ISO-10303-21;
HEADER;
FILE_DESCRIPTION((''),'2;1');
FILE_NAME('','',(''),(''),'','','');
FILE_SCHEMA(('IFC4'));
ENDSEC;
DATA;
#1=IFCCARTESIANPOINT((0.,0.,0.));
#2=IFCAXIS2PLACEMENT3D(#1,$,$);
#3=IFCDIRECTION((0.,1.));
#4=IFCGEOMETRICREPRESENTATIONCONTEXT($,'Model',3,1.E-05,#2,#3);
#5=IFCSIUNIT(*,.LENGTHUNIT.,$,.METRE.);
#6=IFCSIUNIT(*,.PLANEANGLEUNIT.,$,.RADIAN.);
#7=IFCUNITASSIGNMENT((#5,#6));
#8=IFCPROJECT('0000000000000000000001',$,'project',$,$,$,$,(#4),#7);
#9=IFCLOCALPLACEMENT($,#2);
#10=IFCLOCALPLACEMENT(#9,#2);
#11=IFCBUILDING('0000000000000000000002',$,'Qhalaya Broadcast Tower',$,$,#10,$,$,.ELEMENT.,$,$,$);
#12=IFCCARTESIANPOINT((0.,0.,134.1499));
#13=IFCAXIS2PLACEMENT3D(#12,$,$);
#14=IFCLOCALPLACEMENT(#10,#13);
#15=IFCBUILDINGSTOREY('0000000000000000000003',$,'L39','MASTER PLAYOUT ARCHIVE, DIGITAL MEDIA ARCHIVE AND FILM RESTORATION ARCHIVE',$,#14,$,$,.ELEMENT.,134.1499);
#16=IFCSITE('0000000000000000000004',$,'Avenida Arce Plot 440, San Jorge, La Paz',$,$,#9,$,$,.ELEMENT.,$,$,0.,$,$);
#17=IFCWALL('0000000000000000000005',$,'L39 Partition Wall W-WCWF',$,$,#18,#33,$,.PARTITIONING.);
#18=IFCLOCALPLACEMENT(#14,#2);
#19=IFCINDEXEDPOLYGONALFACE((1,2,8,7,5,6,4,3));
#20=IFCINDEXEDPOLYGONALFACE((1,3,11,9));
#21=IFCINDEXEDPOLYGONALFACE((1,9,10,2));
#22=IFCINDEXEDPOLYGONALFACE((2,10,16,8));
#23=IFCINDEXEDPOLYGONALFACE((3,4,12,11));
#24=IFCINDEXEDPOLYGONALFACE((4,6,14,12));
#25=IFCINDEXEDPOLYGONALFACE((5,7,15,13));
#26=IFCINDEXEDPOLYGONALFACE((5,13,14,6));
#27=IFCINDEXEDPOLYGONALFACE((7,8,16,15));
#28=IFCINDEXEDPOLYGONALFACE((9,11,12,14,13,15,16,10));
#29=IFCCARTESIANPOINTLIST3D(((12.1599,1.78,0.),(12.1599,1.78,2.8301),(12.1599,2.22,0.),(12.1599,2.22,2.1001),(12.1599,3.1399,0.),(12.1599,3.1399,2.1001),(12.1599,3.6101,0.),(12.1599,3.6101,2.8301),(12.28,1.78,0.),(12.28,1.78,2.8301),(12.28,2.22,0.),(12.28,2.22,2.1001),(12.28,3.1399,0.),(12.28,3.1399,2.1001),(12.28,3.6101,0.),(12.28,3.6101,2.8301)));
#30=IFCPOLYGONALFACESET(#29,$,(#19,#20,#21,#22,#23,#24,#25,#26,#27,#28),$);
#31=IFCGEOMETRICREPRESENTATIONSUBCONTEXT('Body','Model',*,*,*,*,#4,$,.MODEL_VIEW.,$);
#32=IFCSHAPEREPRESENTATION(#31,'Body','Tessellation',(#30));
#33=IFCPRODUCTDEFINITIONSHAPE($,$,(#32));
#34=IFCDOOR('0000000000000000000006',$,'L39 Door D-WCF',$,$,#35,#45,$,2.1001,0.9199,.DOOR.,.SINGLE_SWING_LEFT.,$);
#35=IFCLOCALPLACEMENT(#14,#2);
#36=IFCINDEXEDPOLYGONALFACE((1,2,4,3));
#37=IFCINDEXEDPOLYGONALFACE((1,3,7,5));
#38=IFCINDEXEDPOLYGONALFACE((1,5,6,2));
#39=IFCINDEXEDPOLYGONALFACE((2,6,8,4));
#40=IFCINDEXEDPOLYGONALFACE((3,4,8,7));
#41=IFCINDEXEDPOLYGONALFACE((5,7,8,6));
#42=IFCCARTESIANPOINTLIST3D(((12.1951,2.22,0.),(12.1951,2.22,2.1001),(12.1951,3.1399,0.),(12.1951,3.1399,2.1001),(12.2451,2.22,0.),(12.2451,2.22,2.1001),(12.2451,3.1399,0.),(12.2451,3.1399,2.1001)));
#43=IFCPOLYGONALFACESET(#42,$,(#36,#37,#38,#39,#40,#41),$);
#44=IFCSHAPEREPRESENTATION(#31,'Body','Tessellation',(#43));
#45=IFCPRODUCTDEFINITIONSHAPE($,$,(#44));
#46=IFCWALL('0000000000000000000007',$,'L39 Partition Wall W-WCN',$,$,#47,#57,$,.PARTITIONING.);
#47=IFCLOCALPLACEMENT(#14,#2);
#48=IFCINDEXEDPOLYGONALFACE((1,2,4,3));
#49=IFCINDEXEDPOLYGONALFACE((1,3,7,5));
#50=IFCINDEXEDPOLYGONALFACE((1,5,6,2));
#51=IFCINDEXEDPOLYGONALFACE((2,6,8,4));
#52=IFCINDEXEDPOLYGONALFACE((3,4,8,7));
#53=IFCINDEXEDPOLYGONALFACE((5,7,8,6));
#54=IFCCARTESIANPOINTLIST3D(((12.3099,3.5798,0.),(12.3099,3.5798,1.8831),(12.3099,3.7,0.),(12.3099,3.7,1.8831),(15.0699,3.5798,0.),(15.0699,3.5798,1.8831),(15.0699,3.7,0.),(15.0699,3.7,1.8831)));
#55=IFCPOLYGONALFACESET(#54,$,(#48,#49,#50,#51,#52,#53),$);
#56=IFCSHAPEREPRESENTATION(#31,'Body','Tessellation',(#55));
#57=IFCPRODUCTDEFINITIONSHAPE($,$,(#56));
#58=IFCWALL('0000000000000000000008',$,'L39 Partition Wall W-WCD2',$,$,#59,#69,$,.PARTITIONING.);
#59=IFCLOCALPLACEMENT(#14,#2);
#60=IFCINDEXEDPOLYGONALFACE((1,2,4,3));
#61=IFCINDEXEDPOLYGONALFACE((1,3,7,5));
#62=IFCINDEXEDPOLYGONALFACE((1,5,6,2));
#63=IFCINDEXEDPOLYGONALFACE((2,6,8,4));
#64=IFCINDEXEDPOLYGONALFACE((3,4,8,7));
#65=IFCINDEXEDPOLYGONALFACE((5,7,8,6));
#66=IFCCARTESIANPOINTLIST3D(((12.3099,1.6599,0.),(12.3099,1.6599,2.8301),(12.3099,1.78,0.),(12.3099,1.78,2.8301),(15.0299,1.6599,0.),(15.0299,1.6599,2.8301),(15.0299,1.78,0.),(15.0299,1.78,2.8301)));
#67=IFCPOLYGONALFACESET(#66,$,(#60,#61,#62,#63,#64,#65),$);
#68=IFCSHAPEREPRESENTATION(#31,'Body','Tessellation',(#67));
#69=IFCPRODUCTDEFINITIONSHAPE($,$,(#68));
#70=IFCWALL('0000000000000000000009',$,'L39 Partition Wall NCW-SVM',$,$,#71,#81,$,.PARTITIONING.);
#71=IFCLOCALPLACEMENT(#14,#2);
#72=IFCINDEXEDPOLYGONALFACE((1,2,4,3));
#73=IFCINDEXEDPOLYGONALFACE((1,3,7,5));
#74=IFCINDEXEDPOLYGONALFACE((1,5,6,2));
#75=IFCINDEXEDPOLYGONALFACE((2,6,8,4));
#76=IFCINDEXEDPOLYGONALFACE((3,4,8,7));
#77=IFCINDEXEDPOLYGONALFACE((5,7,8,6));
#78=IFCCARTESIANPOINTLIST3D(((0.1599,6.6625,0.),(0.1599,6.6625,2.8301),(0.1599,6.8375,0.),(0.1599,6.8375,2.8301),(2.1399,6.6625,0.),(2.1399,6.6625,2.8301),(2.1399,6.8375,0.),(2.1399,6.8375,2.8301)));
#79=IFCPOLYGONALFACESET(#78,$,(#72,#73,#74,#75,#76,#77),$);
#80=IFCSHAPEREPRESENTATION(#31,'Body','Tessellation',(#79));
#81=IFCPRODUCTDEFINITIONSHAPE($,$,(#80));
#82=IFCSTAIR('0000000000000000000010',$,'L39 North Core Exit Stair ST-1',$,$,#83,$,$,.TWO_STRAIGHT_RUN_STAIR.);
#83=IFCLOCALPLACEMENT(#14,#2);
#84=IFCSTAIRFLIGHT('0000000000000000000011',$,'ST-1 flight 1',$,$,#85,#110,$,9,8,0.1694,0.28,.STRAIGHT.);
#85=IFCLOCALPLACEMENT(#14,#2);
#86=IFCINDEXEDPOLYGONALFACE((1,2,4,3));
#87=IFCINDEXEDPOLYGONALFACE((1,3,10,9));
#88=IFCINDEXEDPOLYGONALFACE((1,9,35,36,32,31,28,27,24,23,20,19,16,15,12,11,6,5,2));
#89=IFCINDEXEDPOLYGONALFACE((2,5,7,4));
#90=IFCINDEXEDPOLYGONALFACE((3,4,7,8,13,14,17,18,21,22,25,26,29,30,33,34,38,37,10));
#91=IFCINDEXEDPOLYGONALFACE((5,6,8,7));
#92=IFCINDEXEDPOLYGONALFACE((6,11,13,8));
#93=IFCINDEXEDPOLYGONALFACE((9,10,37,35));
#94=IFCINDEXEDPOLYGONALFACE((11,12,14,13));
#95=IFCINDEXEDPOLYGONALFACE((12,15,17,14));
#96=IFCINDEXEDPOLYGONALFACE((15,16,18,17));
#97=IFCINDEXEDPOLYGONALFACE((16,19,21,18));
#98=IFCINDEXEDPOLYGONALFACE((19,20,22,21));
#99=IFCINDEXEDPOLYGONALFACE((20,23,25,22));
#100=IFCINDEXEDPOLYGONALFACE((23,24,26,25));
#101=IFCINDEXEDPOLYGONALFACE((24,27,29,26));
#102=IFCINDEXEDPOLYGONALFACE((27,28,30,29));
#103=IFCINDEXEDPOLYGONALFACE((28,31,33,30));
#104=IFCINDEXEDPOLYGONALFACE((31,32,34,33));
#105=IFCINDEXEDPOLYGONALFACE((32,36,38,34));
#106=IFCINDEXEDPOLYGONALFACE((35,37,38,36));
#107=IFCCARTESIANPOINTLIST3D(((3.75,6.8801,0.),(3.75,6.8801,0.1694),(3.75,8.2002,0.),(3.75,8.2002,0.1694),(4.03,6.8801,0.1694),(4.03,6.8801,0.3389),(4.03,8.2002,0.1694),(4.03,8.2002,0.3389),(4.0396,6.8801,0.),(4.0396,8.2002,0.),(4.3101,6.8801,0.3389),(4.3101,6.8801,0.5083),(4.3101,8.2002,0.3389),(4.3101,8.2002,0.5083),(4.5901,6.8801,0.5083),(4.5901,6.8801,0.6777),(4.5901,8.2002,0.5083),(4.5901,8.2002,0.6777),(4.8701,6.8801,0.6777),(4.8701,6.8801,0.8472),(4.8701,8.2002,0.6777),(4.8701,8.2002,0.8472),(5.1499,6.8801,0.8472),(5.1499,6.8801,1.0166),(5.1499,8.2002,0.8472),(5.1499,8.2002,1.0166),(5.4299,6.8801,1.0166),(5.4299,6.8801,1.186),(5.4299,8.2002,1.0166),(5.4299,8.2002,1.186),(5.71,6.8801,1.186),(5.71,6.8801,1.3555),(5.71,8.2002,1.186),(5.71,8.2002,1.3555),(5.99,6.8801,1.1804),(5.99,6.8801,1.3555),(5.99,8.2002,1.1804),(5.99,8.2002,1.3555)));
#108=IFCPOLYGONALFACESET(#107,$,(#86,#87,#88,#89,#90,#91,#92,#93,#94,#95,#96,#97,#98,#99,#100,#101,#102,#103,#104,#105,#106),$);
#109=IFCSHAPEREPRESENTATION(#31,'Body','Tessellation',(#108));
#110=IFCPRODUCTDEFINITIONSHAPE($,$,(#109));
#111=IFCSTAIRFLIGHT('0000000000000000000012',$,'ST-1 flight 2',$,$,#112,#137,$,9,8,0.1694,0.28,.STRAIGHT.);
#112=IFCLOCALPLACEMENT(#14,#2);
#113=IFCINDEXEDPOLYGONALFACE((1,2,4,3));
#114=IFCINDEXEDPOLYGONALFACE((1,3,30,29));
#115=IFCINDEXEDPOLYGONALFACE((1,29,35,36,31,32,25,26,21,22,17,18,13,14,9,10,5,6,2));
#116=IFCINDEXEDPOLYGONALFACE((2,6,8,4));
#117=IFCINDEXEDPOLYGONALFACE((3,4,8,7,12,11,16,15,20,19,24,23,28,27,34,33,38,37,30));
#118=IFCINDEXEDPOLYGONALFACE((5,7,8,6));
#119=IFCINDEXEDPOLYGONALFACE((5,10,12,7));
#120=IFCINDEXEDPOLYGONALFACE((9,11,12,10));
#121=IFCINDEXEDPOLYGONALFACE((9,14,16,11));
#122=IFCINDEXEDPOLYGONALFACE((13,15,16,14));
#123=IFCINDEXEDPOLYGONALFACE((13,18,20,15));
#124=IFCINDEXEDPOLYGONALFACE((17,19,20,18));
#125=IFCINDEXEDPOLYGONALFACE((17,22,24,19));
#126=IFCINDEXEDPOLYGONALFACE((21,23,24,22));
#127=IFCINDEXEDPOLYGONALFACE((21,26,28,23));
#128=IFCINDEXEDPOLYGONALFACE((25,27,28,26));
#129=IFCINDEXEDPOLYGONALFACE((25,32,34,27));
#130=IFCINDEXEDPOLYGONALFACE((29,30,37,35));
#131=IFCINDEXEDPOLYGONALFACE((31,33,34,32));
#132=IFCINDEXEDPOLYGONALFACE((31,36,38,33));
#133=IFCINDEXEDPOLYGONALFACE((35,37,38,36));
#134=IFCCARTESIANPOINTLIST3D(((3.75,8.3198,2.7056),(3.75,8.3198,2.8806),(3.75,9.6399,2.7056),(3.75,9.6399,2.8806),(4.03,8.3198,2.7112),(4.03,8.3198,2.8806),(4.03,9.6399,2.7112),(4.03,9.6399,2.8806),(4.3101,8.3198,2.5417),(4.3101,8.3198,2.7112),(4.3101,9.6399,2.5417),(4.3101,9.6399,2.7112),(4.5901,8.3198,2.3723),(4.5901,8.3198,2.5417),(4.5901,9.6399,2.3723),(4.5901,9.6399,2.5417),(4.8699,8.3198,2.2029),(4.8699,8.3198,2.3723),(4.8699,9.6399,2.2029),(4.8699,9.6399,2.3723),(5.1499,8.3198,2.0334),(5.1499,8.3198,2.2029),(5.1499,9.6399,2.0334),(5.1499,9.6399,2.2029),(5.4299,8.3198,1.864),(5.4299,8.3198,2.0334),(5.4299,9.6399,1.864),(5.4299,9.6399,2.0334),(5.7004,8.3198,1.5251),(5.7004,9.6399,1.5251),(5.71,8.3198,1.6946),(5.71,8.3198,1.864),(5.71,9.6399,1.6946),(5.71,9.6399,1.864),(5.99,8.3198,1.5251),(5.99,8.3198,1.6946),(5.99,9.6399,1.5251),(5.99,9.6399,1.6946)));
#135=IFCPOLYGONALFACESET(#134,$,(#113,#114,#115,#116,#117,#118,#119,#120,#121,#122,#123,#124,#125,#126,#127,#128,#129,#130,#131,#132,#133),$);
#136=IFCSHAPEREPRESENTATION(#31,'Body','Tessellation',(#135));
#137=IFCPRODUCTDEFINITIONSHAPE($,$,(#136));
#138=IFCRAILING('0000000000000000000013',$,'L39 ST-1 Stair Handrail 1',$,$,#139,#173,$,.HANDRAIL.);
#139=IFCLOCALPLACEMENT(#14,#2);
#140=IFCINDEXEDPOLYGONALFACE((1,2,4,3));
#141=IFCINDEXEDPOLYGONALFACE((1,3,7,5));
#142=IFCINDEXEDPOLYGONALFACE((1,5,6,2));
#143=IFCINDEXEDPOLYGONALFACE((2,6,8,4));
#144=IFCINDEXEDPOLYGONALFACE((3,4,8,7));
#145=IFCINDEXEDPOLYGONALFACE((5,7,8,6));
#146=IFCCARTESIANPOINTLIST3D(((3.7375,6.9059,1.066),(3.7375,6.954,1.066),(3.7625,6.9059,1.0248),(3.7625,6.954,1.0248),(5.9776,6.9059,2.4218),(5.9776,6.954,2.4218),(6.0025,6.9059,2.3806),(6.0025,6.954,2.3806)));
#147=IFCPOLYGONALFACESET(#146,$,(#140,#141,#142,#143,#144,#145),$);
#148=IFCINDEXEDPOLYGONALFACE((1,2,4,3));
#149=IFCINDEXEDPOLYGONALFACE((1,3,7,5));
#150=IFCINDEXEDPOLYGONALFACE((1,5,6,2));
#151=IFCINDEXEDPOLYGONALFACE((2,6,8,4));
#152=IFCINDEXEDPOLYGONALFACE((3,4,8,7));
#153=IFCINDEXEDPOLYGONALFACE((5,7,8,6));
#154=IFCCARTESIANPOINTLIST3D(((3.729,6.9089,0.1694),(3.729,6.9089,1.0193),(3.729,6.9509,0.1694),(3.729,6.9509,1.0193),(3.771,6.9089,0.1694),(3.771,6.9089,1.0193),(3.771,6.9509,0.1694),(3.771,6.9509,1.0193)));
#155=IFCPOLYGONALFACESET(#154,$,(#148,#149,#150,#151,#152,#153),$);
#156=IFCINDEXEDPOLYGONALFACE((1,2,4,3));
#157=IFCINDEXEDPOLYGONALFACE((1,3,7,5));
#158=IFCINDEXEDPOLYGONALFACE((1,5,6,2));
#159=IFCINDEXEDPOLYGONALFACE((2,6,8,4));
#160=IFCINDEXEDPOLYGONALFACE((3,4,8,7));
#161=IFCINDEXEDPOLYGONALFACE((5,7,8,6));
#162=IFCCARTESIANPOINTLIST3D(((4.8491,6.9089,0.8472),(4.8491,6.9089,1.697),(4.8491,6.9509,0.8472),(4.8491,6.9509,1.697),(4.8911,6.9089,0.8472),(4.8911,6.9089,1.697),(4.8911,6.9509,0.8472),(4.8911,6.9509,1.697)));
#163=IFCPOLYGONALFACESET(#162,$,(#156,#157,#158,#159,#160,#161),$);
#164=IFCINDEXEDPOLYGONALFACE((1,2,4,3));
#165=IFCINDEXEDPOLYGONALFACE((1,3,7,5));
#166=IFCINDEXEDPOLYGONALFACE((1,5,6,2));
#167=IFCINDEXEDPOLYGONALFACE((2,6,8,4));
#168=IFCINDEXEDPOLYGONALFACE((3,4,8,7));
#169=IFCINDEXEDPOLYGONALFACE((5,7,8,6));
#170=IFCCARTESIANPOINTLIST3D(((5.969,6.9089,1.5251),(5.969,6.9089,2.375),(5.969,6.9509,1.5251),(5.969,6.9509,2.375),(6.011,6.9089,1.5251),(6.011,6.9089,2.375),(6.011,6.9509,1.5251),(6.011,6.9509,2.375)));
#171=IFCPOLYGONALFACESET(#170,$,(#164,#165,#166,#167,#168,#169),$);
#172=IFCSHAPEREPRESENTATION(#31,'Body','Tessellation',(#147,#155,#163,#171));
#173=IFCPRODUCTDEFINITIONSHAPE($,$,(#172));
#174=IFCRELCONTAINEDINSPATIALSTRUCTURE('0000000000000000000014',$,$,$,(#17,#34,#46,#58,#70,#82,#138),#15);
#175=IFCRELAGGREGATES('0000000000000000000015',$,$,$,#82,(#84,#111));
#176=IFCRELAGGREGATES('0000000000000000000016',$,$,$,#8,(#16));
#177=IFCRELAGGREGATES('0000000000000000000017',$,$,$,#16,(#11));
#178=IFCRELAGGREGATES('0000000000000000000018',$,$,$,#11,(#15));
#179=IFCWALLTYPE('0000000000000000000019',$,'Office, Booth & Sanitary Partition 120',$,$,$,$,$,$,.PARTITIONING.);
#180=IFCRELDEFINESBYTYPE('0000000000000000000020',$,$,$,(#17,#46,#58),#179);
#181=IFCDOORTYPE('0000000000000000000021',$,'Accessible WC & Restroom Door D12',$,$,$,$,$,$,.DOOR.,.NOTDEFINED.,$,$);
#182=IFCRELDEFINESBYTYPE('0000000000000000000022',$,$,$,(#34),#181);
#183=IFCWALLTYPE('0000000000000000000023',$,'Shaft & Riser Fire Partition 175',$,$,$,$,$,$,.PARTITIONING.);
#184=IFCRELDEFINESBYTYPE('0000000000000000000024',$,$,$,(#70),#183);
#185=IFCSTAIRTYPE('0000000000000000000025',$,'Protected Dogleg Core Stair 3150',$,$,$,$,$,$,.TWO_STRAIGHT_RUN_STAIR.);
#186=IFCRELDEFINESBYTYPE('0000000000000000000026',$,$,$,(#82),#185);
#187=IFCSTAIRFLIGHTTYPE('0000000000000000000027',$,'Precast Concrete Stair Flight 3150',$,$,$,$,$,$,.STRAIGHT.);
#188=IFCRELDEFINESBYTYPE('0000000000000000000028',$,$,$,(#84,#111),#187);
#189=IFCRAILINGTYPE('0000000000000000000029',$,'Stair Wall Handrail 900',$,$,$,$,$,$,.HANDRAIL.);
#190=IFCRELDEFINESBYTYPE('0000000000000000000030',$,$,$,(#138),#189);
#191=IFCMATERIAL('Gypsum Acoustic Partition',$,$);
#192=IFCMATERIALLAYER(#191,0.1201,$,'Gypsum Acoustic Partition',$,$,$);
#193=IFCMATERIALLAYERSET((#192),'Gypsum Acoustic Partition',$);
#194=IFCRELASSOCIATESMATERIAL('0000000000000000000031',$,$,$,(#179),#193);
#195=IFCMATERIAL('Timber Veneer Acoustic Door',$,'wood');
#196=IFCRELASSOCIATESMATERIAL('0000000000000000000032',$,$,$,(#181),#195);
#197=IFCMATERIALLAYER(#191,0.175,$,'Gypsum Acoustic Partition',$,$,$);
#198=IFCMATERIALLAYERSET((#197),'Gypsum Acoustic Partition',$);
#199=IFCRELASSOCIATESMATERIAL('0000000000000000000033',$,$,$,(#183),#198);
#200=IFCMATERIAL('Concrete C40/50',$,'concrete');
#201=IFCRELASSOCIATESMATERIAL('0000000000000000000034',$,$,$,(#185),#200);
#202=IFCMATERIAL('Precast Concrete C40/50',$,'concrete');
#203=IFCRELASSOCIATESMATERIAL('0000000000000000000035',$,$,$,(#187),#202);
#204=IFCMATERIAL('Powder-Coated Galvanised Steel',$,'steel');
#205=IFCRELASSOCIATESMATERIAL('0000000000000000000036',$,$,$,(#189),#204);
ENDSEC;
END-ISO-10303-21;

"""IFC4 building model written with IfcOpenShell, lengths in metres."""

from ifc_helpers import new_model, si_unit, direction, frame, frame_2d, origin, origin_2d, place, context, subcontext, project, spatial, polyline, rectangle, outline, extrude, material, layer, layer_set, type_object, element, fill, aggregate, save


model = new_model("IFC4")

# Units and contexts
model_context = context("Model", 3, precision=1e-05, world=origin(), true_north=direction((0.0, 1.0)))
body_context = subcontext(model_context, "Body", "Model", "MODEL_VIEW")
ifc_project = project(units=[si_unit("LENGTHUNIT", "METRE"), si_unit("PLANEANGLEUNIT", "RADIAN")], contexts=[model_context])

# Site, building, storey
site_placement = place(None, origin())
site = spatial("IfcSite", under=ifc_project, at=site_placement, Name="Avenida Arce Plot 440, San Jorge, La Paz", CompositionType="ELEMENT", RefElevation=0.0)
building_placement = place(site_placement, origin())
building = spatial("IfcBuilding", under=site, at=building_placement, Name="Qhalaya Broadcast Tower", CompositionType="ELEMENT")
storey_placement = place(building_placement, frame((0.0, 0.0, 134.1499)))
storey = spatial("IfcBuildingStorey", under=building, at=storey_placement, Name="L39", Description="MASTER PLAYOUT ARCHIVE, DIGITAL MEDIA ARCHIVE AND FILM RESTORATION ARCHIVE", CompositionType="ELEMENT", Elevation=134.1499)

# Shared definitions
ifc_material_1 = material(Name="Gypsum Acoustic Partition")
ifc_material_2 = material(Name="Timber Veneer Acoustic Door", Category="wood")

# Shared definitions
ifc_material_3 = material(Name="Precast Concrete C40/50", Category="concrete")

# Wall, opening, door
ifc_layer_1 = layer(ifc_material_1, 0.1201, Name="Gypsum Acoustic Partition")
ifc_layer_set_1 = layer_set([ifc_layer_1], Name="Gypsum Acoustic Partition")
wall_type_1 = type_object("IfcWallType", Name="Office, Booth & Sanitary Partition 120", PredefinedType="PARTITIONING", material=ifc_layer_set_1)
wall_1_placement = place(storey_placement, frame((12.22, 1.78, 0.0), z_axis=(0.0, 0.0, 1.0), x_axis=(0.0, 1.0, 0.0)))
wall_1 = element("IfcWall", 1, at=wall_1_placement, inside=storey, type_object=wall_type_1, Name="L39 Partition Wall W-WCWF", PredefinedType="PARTITIONING", context=body_context, shape_type="SweptSolid", body=[
    extrude(rectangle(XDim=1.8301, YDim=0.1201, at=frame_2d((0.915, 0.0))), origin(), (0.0, 0.0, 1.0), 2.8301),
])
opening_1_placement = place(wall_1_placement, frame((0.4399, 0.0, 0.0)))
opening_1 = element("IfcOpeningElement", 2, at=opening_1_placement, cuts=wall_1, PredefinedType="OPENING", context=body_context, shape_type="SweptSolid", body=[
    extrude(rectangle(XDim=0.9199, YDim=2.1001, at=frame_2d((0.46, 1.05))), frame((0.0, 0.072, 0.0), z_axis=(0.0, -1.0, 0.0), x_axis=(1.0, 0.0, 0.0)), (0.0, 0.0, 1.0), 0.144),
])
door_type_1 = type_object("IfcDoorType", Name="Accessible WC & Restroom Door D12", OperationType="NOTDEFINED", PredefinedType="DOOR", material=ifc_material_2)
door_1_placement = place(opening_1_placement, origin())
door_1 = element("IfcDoor", 3, at=door_1_placement, inside=storey, type_object=door_type_1, Name="L39 Door D-WCF", OperationType="SINGLE_SWING_LEFT", OverallHeight=2.1001, OverallWidth=0.9199, PredefinedType="DOOR", context=body_context, shape_type="SweptSolid", body=[
    extrude(rectangle(XDim=0.9199, YDim=2.1001, at=frame_2d((0.46, 1.05))), frame((0.0, 0.0249, 0.0), z_axis=(0.0, -1.0, 0.0), x_axis=(1.0, 0.0, 0.0)), (0.0, 0.0, 1.0), 0.05),
])
fill(opening_1, door_1)

# Walls
wall_2_placement = place(storey_placement, frame((12.3101, 3.6399, 0.0), z_axis=(0.0, 0.0, 1.0), x_axis=(1.0, 0.0, 0.0)))
element("IfcWall", 4, at=wall_2_placement, inside=storey, type_object=wall_type_1, Name="L39 Partition Wall W-WCN", PredefinedType="PARTITIONING", context=body_context, shape_type="SweptSolid", body=[
    extrude(rectangle(XDim=2.76, YDim=0.1201, at=frame_2d((1.3799, 0.0))), origin(), (0.0, 0.0, 1.0), 1.8831),
])
wall_3_placement = place(storey_placement, frame((12.3101, 1.72, 0.0), z_axis=(0.0, 0.0, 1.0), x_axis=(1.0, 0.0, 0.0)))
element("IfcWall", 5, at=wall_3_placement, inside=storey, type_object=wall_type_1, Name="L39 Partition Wall W-WCD2", PredefinedType="PARTITIONING", context=body_context, shape_type="SweptSolid", body=[
    extrude(rectangle(XDim=2.72, YDim=0.1201, at=frame_2d((1.3599, 0.0))), origin(), (0.0, 0.0, 1.0), 2.8301),
])
ifc_layer_2 = layer(ifc_material_1, 0.175, Name="Gypsum Acoustic Partition")
ifc_layer_set_2 = layer_set([ifc_layer_2], Name="Gypsum Acoustic Partition")
wall_type_2 = type_object("IfcWallType", Name="Shaft & Riser Fire Partition 175", PredefinedType="PARTITIONING", material=ifc_layer_set_2)
wall_4_placement = place(storey_placement, frame((0.1599, 6.75, 0.0), z_axis=(0.0, 0.0, 1.0), x_axis=(1.0, 0.0, 0.0)))
element("IfcWall", 6, at=wall_4_placement, inside=storey, type_object=wall_type_2, Name="L39 Partition Wall NCW-SVM", PredefinedType="PARTITIONING", context=body_context, shape_type="SweptSolid", body=[
    extrude(rectangle(XDim=1.98, YDim=0.175, at=frame_2d((0.99, 0.0))), origin(), (0.0, 0.0, 1.0), 2.8301),
])

# Stair, stair flights
ifc_material_4 = material(Name="Concrete C40/50", Category="concrete")
stair_type = type_object("IfcStairType", Name="Protected Dogleg Core Stair 3150", PredefinedType="TWO_STRAIGHT_RUN_STAIR", material=ifc_material_4)
stair_placement = place(storey_placement, origin())
stair = element("IfcStair", 7, at=stair_placement, inside=storey, type_object=stair_type, Name="L39 North Core Exit Stair ST-1", PredefinedType="TWO_STRAIGHT_RUN_STAIR")
stair_flight_type = type_object("IfcStairFlightType", Name="Precast Concrete Stair Flight 3150", PredefinedType="STRAIGHT", material=ifc_material_3)
stair_flight_1_placement = place(storey_placement, frame((3.75, 7.54, 0.0), z_axis=(0.0, 0.0, 1.0), x_axis=(1.0, 0.0, 0.0)))
stair_flight_1 = element("IfcStairFlight", 8, at=stair_flight_1_placement, type_object=stair_flight_type, Name="ST-1 flight 1", NumberOfRisers=9, NumberOfTreads=8, PredefinedType="STRAIGHT", RiserHeight=0.1694, TreadLength=0.28, context=body_context, shape_type="SweptSolid", body=[
    extrude(outline(polyline([(0.0, 0.0), (0.0, 0.1694), (0.28, 0.1694), (0.28, 0.3389), (0.5601, 0.3389), (0.5601, 0.5083), (0.8401, 0.5083), (0.8401, 0.6777), (1.1201, 0.6777), (1.1201, 0.8472), (1.3999, 0.8472), (1.3999, 1.0166), (1.6799, 1.0166), (1.6799, 1.186), (1.96, 1.186), (1.96, 1.3555), (2.24, 1.3555), (2.24, 1.5249), (2.24, 1.1804), (0.2896, 0.0), (0.0, 0.0)])), frame((0.0, 0.6602, 0.0), z_axis=(0.0, -1.0, 0.0), x_axis=(1.0, 0.0, 0.0)), (0.0, 0.0, 1.0), 1.3201),
])
stair_flight_2_placement = place(storey_placement, frame((5.99, 8.98, 1.5251), z_axis=(0.0, 0.0, 1.0), x_axis=(-1.0, 0.0, 0.0)))
stair_flight_2 = element("IfcStairFlight", 9, at=stair_flight_2_placement, type_object=stair_flight_type, Name="ST-1 flight 2", NumberOfRisers=9, NumberOfTreads=8, PredefinedType="STRAIGHT", RiserHeight=0.1694, TreadLength=0.28, context=body_context, shape_type="SweptSolid", body=[
    extrude(outline(polyline([(0.0, 0.0), (0.0, 0.1694), (0.28, 0.1694), (0.28, 0.3389), (0.5601, 0.3389), (0.5601, 0.5083), (0.8401, 0.5083), (0.8401, 0.6777), (1.1201, 0.6777), (1.1201, 0.8472), (1.3999, 0.8472), (1.3999, 1.0166), (1.6799, 1.0166), (1.6799, 1.186), (1.96, 1.186), (1.96, 1.3555), (2.24, 1.3555), (2.24, 1.5249), (2.24, 1.1804), (0.2896, 0.0), (0.0, 0.0)])), frame((0.0, 0.6602, 0.0), z_axis=(0.0, -1.0, 0.0), x_axis=(1.0, 0.0, 0.0)), (0.0, 0.0, 1.0), 1.3201),
])
aggregate(stair, [stair_flight_1, stair_flight_2])

# Railing
ifc_material_5 = material(Name="Powder-Coated Galvanised Steel", Category="steel")
railing_type_1 = type_object("IfcRailingType", Name="Stair Wall Handrail 900", PredefinedType="HANDRAIL", material=ifc_material_5)
railing_1_placement = place(storey_placement, frame((3.75, 6.9299, 0.1694)))
element("IfcRailing", 10, at=railing_1_placement, inside=storey, type_object=railing_type_1, Name="L39 ST-1 Stair Handrail 1", PredefinedType="HANDRAIL", context=body_context, shape_type="SweptSolid", body=[
    extrude(rectangle(XDim=0.0481, YDim=0.0481, at=origin_2d()), frame((0.0, 0.0, 0.876), z_axis=(0.855512, 0.0, 0.517783), x_axis=(0.0, 1.0, 0.0)), (0.0, 0.0, 1.0), 2.6184),
    extrude(rectangle(XDim=0.042, YDim=0.042, at=origin_2d()), origin(), (0.0, 0.0, 1.0), 0.8499),
    extrude(rectangle(XDim=0.042, YDim=0.042, at=origin_2d()), frame((1.1201, 0.0, 0.6777)), (0.0, 0.0, 1.0), 0.8499),
    extrude(rectangle(XDim=0.042, YDim=0.042, at=origin_2d()), frame((2.24, 0.0, 1.3557)), (0.0, 0.0, 1.0), 0.8499),
])

save(model, "model.ifc")
